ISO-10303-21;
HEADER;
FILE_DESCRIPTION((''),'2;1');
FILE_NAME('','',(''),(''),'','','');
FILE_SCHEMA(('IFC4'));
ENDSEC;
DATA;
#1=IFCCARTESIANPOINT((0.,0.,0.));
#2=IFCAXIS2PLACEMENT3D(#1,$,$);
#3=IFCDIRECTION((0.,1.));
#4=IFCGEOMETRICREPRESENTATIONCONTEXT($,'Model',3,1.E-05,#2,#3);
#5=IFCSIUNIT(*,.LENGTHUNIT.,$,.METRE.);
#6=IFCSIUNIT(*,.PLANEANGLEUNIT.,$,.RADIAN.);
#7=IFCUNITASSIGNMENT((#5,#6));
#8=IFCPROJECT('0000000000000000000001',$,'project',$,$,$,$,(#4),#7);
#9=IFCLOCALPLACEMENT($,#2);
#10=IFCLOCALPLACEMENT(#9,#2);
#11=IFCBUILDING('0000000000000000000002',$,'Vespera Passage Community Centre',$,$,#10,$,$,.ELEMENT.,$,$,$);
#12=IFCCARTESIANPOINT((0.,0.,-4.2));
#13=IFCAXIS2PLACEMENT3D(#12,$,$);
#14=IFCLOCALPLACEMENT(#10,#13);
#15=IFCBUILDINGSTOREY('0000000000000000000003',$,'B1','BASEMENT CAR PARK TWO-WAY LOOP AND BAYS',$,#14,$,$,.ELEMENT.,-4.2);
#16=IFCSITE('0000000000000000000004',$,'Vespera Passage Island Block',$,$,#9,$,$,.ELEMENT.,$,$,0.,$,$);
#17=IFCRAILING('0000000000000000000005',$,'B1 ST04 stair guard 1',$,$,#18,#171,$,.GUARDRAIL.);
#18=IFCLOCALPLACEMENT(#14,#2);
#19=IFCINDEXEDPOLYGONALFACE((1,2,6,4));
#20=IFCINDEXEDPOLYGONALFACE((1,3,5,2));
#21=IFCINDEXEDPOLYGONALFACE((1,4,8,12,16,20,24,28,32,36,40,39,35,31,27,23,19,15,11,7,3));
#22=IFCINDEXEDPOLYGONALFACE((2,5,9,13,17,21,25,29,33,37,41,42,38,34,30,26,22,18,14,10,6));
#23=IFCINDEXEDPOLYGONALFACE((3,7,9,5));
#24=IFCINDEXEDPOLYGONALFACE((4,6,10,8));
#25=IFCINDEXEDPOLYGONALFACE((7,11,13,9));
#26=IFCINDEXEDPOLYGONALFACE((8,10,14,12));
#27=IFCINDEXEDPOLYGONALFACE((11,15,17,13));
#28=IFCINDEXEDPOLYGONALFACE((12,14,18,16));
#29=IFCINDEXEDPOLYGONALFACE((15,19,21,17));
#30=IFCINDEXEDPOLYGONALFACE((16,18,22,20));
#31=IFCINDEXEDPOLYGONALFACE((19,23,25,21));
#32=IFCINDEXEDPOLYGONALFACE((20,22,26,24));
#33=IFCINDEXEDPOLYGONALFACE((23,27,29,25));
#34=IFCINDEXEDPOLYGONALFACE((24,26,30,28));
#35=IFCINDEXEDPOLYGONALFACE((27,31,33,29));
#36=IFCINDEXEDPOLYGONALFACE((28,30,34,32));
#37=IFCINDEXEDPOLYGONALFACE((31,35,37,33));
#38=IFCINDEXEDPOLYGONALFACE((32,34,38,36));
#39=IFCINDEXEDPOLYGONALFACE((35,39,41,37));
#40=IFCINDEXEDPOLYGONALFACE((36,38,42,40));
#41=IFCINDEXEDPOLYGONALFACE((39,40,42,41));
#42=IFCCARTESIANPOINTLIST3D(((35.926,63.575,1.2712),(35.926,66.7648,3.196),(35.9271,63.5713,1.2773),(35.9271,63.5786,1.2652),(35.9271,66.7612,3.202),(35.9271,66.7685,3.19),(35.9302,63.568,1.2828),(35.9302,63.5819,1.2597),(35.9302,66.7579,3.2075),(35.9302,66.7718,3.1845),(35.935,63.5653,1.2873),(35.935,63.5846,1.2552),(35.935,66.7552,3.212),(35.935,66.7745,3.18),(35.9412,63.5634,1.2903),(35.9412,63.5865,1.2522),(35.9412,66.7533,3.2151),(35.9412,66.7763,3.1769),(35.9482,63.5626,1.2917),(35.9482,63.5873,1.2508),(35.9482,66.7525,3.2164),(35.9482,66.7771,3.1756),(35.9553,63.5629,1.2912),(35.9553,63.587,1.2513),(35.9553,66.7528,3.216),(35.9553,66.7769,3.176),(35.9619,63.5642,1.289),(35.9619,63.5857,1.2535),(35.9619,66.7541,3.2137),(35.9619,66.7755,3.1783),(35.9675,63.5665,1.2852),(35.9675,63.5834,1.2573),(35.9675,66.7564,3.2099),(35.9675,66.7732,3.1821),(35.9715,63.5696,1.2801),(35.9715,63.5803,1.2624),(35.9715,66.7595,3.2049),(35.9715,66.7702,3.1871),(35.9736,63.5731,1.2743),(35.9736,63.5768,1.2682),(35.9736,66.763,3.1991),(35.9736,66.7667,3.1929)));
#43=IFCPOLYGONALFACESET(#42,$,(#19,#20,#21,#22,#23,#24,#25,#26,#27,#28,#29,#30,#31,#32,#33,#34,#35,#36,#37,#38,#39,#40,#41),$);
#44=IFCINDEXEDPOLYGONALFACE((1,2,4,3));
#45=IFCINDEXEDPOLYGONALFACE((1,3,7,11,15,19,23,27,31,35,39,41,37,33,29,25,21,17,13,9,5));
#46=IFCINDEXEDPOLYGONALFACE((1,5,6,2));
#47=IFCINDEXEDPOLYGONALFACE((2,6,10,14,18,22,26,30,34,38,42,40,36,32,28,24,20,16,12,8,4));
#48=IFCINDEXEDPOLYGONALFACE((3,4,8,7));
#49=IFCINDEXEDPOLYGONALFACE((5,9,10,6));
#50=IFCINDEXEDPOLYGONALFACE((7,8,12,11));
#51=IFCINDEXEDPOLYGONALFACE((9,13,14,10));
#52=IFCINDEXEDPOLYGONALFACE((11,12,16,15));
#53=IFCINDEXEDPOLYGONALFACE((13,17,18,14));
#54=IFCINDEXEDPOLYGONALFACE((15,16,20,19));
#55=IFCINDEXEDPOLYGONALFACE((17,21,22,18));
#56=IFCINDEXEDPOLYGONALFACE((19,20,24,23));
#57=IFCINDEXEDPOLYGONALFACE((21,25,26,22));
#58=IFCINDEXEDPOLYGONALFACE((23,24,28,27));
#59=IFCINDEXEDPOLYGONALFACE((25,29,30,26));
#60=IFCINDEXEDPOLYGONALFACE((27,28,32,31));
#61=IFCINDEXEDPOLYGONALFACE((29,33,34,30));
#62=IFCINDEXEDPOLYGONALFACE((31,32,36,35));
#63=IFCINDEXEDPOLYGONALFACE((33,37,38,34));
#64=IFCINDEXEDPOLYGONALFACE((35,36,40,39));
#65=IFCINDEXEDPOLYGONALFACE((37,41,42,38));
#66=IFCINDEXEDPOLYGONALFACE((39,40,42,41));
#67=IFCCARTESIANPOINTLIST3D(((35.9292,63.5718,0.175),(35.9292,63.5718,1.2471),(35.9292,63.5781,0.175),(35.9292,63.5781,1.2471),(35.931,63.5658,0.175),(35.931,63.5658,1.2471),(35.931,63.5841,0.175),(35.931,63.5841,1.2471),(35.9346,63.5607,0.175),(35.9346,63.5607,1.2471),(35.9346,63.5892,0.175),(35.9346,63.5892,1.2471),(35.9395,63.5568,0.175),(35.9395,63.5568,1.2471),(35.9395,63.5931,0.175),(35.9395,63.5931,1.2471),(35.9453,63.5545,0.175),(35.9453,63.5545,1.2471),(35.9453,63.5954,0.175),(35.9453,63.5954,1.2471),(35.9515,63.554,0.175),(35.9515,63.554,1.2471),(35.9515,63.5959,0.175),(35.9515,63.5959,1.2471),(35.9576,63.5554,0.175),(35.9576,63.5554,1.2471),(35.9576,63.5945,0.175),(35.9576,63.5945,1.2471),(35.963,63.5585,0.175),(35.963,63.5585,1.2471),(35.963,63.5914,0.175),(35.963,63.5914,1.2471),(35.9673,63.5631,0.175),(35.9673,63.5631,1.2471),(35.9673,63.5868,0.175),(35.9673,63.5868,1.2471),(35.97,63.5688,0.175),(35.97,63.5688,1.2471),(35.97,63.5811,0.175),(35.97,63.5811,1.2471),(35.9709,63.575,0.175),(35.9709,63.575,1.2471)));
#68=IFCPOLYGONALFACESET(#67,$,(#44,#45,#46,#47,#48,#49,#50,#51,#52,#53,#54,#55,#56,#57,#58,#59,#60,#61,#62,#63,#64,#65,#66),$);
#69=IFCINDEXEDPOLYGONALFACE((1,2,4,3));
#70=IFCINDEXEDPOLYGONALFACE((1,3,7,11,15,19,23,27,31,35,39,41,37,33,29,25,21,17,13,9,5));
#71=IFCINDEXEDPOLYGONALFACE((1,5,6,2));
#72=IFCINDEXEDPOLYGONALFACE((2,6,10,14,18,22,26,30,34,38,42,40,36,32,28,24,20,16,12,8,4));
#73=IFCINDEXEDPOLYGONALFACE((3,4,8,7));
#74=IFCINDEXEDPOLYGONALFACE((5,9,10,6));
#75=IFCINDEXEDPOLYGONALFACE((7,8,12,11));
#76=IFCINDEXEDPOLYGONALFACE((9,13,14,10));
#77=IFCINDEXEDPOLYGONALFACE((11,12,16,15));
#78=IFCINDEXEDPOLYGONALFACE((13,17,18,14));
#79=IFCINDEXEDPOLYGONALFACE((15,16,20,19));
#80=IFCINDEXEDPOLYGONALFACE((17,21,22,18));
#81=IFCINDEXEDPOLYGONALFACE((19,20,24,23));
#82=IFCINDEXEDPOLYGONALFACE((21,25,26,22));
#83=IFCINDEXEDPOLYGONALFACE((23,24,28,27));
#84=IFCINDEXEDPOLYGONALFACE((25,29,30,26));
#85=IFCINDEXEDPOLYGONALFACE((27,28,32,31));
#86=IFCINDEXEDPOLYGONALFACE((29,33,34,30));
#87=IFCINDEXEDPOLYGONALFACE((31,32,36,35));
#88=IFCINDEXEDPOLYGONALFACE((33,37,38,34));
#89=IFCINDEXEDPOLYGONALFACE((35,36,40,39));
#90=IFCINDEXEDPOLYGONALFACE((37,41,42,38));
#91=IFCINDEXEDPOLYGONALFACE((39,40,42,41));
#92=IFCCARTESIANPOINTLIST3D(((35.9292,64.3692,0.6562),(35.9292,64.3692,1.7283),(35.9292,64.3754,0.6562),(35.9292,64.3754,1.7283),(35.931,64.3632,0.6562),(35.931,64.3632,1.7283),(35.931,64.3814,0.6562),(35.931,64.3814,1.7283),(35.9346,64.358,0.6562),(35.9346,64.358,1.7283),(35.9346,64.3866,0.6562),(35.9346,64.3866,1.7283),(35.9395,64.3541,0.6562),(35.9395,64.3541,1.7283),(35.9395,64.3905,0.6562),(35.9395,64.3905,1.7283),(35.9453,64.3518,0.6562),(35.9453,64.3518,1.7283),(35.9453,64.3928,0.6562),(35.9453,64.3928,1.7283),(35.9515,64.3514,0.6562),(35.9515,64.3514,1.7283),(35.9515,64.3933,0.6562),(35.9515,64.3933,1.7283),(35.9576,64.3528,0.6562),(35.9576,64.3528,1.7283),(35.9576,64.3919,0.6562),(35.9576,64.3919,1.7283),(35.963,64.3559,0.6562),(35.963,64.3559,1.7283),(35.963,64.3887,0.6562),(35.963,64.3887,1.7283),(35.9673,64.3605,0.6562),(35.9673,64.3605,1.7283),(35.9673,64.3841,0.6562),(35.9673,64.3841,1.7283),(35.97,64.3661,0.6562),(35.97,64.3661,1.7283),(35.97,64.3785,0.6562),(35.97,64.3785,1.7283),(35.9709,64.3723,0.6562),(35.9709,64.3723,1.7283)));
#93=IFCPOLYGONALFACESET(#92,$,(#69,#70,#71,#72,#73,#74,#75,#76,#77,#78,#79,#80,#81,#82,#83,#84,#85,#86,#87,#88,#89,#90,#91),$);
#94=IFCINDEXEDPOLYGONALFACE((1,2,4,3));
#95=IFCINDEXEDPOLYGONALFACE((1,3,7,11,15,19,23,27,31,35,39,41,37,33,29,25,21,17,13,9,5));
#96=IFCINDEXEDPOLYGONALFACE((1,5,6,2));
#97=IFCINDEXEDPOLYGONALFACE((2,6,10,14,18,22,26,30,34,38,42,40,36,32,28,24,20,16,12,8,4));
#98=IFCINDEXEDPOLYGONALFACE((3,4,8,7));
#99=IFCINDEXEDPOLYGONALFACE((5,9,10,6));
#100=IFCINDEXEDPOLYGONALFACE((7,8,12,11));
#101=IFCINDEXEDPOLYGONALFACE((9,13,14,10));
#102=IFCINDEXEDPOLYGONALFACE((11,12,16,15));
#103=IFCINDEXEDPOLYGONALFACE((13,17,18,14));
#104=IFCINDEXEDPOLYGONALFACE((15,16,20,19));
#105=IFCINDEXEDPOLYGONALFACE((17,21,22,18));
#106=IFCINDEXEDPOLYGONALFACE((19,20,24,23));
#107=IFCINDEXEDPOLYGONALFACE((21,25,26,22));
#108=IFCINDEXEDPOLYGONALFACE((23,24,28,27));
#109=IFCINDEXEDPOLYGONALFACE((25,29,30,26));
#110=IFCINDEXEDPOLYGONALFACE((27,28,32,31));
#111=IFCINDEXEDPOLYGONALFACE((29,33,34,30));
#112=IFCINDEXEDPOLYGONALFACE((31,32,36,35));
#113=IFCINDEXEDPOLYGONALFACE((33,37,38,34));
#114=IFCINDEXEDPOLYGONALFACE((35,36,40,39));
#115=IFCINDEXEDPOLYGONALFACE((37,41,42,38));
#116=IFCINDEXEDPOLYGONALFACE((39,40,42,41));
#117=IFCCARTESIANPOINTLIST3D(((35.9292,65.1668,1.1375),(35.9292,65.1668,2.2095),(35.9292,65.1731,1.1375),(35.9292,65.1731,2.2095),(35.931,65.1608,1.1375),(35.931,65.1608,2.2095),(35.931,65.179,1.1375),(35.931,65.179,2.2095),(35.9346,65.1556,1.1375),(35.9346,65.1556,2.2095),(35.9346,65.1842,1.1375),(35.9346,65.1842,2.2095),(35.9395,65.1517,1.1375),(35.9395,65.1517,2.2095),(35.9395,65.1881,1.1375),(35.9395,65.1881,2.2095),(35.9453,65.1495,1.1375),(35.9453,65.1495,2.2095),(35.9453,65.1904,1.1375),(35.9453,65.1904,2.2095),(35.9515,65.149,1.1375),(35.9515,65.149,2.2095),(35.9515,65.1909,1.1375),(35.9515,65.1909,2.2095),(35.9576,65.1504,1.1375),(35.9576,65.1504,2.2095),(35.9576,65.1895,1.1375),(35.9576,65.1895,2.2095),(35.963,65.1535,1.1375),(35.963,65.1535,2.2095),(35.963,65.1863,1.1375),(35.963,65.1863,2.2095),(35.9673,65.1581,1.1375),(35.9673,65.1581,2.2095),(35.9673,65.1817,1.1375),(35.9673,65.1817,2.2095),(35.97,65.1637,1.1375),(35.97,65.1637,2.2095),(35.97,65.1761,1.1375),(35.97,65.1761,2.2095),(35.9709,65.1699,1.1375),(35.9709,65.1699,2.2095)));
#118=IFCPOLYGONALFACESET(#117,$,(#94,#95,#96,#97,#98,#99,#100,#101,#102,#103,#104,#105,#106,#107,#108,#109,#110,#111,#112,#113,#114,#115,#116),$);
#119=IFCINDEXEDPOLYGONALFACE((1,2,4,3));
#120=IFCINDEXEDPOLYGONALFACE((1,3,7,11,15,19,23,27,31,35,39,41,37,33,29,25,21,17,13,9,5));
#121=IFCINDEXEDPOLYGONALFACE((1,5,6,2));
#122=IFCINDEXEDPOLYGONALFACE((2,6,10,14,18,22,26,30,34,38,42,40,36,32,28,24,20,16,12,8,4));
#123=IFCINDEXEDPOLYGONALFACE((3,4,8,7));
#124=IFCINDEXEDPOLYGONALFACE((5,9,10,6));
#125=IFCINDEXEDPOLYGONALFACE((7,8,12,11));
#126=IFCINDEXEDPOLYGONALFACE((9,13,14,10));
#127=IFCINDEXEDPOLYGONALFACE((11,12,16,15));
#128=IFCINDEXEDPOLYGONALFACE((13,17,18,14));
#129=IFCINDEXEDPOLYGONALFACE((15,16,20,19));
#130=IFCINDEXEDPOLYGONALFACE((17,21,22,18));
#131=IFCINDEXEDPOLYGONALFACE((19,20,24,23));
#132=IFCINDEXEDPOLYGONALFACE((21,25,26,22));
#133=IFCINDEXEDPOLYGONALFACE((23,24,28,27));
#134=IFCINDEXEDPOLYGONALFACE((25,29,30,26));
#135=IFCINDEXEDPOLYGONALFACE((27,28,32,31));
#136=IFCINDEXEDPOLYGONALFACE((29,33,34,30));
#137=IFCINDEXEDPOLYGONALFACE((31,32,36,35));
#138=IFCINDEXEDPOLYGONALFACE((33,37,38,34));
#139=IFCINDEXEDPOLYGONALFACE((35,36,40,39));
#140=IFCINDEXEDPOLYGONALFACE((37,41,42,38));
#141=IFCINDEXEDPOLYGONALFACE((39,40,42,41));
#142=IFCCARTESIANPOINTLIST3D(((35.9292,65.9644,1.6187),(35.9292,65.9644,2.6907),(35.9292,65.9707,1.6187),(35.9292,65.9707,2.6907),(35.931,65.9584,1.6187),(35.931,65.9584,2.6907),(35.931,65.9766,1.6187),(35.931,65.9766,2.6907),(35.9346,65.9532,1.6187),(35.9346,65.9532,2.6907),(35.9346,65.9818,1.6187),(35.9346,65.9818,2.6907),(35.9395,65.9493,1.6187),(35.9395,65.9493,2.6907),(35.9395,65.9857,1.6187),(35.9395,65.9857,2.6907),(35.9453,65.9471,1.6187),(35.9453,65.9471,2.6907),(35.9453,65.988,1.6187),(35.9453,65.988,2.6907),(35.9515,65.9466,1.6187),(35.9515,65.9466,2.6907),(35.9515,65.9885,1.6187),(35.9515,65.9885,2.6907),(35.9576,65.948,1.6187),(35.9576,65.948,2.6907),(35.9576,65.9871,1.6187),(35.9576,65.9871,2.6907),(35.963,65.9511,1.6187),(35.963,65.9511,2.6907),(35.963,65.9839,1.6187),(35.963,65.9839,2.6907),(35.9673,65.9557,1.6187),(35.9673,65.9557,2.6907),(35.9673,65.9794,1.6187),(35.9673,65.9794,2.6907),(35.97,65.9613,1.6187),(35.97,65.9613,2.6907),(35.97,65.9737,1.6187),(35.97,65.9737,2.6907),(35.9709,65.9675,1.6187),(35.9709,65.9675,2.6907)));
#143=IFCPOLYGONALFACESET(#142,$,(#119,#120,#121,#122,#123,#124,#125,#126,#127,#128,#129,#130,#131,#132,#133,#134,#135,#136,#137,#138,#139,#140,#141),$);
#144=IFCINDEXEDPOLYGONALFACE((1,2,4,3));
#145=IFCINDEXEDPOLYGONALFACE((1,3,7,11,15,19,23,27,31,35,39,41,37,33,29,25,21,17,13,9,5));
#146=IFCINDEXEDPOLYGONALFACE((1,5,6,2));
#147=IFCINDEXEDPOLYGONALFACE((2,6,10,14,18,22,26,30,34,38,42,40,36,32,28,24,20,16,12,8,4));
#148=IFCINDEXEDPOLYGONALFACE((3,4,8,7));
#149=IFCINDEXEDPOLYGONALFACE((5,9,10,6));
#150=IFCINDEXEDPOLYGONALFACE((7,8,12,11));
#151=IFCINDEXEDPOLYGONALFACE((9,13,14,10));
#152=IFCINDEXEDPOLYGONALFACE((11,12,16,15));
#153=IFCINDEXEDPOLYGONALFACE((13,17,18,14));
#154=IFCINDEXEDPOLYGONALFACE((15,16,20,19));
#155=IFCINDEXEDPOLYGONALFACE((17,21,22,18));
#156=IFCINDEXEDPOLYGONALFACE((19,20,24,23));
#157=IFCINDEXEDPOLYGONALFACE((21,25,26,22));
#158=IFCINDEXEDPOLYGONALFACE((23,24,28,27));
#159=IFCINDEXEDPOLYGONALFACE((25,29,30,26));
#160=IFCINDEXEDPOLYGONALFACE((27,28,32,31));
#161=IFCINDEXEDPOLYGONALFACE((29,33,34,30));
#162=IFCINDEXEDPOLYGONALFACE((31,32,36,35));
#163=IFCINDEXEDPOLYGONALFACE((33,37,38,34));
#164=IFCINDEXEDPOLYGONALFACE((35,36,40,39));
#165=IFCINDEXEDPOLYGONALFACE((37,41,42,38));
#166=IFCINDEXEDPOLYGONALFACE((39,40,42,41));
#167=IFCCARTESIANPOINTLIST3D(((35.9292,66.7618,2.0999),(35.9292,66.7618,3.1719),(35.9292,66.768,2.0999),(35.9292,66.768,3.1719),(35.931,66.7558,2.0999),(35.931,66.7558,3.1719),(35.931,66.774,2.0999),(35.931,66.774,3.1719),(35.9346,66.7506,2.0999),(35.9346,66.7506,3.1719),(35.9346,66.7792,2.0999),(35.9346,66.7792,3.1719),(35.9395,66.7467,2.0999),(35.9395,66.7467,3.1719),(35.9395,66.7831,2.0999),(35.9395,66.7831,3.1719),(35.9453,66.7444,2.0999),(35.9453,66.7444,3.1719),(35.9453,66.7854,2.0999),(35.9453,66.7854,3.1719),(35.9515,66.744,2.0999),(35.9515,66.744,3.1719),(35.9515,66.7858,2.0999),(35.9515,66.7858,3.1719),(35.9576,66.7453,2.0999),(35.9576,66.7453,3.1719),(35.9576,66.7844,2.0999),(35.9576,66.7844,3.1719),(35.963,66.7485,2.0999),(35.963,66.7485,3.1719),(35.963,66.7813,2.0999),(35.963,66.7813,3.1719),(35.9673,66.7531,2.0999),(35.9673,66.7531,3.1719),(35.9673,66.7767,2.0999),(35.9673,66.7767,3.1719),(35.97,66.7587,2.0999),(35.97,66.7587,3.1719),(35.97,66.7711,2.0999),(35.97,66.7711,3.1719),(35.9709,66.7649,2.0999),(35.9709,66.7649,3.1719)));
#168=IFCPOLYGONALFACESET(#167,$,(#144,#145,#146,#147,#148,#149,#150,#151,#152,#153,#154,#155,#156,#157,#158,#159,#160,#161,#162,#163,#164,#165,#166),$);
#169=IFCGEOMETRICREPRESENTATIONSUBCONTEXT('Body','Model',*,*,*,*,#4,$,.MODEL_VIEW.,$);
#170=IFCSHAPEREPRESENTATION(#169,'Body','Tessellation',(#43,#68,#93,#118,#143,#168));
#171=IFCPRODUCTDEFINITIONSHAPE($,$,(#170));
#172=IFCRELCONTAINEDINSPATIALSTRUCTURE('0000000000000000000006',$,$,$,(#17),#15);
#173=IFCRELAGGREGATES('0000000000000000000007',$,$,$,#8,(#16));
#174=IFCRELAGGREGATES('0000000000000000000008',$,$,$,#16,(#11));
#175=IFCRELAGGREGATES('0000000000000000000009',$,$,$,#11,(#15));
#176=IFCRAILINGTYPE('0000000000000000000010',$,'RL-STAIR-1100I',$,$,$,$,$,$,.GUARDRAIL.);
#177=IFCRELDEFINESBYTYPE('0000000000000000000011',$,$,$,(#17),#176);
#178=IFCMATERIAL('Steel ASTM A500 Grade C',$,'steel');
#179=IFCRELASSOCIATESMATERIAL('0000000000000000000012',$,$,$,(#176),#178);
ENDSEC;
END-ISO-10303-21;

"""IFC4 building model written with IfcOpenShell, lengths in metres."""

from ifc_helpers import new_model, si_unit, direction, frame, origin, origin_2d, place, context, subcontext, project, spatial, circle, extrude, material, type_object, element, save


model = new_model("IFC4")

# Units and contexts
model_context = context("Model", 3, precision=1e-05, world=origin(), true_north=direction((0.0, 1.0)))
body_context = subcontext(model_context, "Body", "Model", "MODEL_VIEW")
ifc_project = project(units=[si_unit("LENGTHUNIT", "METRE"), si_unit("PLANEANGLEUNIT", "RADIAN")], contexts=[model_context])

# Site, building, storey
site_placement = place(None, origin())
site = spatial("IfcSite", under=ifc_project, at=site_placement, Name="Vespera Passage Island Block", CompositionType="ELEMENT", RefElevation=0.0)
building_placement = place(site_placement, origin())
building = spatial("IfcBuilding", under=site, at=building_placement, Name="Vespera Passage Community Centre", CompositionType="ELEMENT")
storey_placement = place(building_placement, frame((0.0, 0.0, -4.2)))
storey = spatial("IfcBuildingStorey", under=building, at=storey_placement, Name="B1", Description="BASEMENT CAR PARK TWO-WAY LOOP AND BAYS", CompositionType="ELEMENT", Elevation=-4.2)

# Railing
ifc_material_1 = material(Name="Steel ASTM A500 Grade C", Category="steel")
railing_type_1 = type_object("IfcRailingType", Name="RL-STAIR-1100I", PredefinedType="GUARDRAIL", material=ifc_material_1)
railing_1_placement = place(storey_placement, frame((35.95, 63.575, 0.175)))
element("IfcRailing", 1, at=railing_1_placement, inside=storey, type_object=railing_type_1, Name="B1 ST04 stair guard 1", PredefinedType="GUARDRAIL", context=body_context, shape_type="SweptSolid", body=[
    extrude(circle(Radius=0.0239, at=origin_2d()), frame((0.0, 0.0, 1.0962), z_axis=(0.0, 0.856207, 0.516633), x_axis=(-1.0, 0.0, 0.0)), (0.0, 0.0, 1.0), 3.7256),
    extrude(circle(Radius=0.021, at=origin_2d()), origin(), (0.0, 0.0, 1.0), 1.072),
    extrude(circle(Radius=0.021, at=origin_2d()), frame((0.0, 0.7974, 0.4812)), (0.0, 0.0, 1.0), 1.072),
    extrude(circle(Radius=0.021, at=origin_2d()), frame((0.0, 1.595, 0.9624)), (0.0, 0.0, 1.0), 1.072),
    extrude(circle(Radius=0.021, at=origin_2d()), frame((0.0, 2.3926, 1.4436)), (0.0, 0.0, 1.0), 1.072),
    extrude(circle(Radius=0.021, at=origin_2d()), frame((0.0, 3.1899, 1.9248)), (0.0, 0.0, 1.0), 1.072),
])

save(model, "model.ifc")
